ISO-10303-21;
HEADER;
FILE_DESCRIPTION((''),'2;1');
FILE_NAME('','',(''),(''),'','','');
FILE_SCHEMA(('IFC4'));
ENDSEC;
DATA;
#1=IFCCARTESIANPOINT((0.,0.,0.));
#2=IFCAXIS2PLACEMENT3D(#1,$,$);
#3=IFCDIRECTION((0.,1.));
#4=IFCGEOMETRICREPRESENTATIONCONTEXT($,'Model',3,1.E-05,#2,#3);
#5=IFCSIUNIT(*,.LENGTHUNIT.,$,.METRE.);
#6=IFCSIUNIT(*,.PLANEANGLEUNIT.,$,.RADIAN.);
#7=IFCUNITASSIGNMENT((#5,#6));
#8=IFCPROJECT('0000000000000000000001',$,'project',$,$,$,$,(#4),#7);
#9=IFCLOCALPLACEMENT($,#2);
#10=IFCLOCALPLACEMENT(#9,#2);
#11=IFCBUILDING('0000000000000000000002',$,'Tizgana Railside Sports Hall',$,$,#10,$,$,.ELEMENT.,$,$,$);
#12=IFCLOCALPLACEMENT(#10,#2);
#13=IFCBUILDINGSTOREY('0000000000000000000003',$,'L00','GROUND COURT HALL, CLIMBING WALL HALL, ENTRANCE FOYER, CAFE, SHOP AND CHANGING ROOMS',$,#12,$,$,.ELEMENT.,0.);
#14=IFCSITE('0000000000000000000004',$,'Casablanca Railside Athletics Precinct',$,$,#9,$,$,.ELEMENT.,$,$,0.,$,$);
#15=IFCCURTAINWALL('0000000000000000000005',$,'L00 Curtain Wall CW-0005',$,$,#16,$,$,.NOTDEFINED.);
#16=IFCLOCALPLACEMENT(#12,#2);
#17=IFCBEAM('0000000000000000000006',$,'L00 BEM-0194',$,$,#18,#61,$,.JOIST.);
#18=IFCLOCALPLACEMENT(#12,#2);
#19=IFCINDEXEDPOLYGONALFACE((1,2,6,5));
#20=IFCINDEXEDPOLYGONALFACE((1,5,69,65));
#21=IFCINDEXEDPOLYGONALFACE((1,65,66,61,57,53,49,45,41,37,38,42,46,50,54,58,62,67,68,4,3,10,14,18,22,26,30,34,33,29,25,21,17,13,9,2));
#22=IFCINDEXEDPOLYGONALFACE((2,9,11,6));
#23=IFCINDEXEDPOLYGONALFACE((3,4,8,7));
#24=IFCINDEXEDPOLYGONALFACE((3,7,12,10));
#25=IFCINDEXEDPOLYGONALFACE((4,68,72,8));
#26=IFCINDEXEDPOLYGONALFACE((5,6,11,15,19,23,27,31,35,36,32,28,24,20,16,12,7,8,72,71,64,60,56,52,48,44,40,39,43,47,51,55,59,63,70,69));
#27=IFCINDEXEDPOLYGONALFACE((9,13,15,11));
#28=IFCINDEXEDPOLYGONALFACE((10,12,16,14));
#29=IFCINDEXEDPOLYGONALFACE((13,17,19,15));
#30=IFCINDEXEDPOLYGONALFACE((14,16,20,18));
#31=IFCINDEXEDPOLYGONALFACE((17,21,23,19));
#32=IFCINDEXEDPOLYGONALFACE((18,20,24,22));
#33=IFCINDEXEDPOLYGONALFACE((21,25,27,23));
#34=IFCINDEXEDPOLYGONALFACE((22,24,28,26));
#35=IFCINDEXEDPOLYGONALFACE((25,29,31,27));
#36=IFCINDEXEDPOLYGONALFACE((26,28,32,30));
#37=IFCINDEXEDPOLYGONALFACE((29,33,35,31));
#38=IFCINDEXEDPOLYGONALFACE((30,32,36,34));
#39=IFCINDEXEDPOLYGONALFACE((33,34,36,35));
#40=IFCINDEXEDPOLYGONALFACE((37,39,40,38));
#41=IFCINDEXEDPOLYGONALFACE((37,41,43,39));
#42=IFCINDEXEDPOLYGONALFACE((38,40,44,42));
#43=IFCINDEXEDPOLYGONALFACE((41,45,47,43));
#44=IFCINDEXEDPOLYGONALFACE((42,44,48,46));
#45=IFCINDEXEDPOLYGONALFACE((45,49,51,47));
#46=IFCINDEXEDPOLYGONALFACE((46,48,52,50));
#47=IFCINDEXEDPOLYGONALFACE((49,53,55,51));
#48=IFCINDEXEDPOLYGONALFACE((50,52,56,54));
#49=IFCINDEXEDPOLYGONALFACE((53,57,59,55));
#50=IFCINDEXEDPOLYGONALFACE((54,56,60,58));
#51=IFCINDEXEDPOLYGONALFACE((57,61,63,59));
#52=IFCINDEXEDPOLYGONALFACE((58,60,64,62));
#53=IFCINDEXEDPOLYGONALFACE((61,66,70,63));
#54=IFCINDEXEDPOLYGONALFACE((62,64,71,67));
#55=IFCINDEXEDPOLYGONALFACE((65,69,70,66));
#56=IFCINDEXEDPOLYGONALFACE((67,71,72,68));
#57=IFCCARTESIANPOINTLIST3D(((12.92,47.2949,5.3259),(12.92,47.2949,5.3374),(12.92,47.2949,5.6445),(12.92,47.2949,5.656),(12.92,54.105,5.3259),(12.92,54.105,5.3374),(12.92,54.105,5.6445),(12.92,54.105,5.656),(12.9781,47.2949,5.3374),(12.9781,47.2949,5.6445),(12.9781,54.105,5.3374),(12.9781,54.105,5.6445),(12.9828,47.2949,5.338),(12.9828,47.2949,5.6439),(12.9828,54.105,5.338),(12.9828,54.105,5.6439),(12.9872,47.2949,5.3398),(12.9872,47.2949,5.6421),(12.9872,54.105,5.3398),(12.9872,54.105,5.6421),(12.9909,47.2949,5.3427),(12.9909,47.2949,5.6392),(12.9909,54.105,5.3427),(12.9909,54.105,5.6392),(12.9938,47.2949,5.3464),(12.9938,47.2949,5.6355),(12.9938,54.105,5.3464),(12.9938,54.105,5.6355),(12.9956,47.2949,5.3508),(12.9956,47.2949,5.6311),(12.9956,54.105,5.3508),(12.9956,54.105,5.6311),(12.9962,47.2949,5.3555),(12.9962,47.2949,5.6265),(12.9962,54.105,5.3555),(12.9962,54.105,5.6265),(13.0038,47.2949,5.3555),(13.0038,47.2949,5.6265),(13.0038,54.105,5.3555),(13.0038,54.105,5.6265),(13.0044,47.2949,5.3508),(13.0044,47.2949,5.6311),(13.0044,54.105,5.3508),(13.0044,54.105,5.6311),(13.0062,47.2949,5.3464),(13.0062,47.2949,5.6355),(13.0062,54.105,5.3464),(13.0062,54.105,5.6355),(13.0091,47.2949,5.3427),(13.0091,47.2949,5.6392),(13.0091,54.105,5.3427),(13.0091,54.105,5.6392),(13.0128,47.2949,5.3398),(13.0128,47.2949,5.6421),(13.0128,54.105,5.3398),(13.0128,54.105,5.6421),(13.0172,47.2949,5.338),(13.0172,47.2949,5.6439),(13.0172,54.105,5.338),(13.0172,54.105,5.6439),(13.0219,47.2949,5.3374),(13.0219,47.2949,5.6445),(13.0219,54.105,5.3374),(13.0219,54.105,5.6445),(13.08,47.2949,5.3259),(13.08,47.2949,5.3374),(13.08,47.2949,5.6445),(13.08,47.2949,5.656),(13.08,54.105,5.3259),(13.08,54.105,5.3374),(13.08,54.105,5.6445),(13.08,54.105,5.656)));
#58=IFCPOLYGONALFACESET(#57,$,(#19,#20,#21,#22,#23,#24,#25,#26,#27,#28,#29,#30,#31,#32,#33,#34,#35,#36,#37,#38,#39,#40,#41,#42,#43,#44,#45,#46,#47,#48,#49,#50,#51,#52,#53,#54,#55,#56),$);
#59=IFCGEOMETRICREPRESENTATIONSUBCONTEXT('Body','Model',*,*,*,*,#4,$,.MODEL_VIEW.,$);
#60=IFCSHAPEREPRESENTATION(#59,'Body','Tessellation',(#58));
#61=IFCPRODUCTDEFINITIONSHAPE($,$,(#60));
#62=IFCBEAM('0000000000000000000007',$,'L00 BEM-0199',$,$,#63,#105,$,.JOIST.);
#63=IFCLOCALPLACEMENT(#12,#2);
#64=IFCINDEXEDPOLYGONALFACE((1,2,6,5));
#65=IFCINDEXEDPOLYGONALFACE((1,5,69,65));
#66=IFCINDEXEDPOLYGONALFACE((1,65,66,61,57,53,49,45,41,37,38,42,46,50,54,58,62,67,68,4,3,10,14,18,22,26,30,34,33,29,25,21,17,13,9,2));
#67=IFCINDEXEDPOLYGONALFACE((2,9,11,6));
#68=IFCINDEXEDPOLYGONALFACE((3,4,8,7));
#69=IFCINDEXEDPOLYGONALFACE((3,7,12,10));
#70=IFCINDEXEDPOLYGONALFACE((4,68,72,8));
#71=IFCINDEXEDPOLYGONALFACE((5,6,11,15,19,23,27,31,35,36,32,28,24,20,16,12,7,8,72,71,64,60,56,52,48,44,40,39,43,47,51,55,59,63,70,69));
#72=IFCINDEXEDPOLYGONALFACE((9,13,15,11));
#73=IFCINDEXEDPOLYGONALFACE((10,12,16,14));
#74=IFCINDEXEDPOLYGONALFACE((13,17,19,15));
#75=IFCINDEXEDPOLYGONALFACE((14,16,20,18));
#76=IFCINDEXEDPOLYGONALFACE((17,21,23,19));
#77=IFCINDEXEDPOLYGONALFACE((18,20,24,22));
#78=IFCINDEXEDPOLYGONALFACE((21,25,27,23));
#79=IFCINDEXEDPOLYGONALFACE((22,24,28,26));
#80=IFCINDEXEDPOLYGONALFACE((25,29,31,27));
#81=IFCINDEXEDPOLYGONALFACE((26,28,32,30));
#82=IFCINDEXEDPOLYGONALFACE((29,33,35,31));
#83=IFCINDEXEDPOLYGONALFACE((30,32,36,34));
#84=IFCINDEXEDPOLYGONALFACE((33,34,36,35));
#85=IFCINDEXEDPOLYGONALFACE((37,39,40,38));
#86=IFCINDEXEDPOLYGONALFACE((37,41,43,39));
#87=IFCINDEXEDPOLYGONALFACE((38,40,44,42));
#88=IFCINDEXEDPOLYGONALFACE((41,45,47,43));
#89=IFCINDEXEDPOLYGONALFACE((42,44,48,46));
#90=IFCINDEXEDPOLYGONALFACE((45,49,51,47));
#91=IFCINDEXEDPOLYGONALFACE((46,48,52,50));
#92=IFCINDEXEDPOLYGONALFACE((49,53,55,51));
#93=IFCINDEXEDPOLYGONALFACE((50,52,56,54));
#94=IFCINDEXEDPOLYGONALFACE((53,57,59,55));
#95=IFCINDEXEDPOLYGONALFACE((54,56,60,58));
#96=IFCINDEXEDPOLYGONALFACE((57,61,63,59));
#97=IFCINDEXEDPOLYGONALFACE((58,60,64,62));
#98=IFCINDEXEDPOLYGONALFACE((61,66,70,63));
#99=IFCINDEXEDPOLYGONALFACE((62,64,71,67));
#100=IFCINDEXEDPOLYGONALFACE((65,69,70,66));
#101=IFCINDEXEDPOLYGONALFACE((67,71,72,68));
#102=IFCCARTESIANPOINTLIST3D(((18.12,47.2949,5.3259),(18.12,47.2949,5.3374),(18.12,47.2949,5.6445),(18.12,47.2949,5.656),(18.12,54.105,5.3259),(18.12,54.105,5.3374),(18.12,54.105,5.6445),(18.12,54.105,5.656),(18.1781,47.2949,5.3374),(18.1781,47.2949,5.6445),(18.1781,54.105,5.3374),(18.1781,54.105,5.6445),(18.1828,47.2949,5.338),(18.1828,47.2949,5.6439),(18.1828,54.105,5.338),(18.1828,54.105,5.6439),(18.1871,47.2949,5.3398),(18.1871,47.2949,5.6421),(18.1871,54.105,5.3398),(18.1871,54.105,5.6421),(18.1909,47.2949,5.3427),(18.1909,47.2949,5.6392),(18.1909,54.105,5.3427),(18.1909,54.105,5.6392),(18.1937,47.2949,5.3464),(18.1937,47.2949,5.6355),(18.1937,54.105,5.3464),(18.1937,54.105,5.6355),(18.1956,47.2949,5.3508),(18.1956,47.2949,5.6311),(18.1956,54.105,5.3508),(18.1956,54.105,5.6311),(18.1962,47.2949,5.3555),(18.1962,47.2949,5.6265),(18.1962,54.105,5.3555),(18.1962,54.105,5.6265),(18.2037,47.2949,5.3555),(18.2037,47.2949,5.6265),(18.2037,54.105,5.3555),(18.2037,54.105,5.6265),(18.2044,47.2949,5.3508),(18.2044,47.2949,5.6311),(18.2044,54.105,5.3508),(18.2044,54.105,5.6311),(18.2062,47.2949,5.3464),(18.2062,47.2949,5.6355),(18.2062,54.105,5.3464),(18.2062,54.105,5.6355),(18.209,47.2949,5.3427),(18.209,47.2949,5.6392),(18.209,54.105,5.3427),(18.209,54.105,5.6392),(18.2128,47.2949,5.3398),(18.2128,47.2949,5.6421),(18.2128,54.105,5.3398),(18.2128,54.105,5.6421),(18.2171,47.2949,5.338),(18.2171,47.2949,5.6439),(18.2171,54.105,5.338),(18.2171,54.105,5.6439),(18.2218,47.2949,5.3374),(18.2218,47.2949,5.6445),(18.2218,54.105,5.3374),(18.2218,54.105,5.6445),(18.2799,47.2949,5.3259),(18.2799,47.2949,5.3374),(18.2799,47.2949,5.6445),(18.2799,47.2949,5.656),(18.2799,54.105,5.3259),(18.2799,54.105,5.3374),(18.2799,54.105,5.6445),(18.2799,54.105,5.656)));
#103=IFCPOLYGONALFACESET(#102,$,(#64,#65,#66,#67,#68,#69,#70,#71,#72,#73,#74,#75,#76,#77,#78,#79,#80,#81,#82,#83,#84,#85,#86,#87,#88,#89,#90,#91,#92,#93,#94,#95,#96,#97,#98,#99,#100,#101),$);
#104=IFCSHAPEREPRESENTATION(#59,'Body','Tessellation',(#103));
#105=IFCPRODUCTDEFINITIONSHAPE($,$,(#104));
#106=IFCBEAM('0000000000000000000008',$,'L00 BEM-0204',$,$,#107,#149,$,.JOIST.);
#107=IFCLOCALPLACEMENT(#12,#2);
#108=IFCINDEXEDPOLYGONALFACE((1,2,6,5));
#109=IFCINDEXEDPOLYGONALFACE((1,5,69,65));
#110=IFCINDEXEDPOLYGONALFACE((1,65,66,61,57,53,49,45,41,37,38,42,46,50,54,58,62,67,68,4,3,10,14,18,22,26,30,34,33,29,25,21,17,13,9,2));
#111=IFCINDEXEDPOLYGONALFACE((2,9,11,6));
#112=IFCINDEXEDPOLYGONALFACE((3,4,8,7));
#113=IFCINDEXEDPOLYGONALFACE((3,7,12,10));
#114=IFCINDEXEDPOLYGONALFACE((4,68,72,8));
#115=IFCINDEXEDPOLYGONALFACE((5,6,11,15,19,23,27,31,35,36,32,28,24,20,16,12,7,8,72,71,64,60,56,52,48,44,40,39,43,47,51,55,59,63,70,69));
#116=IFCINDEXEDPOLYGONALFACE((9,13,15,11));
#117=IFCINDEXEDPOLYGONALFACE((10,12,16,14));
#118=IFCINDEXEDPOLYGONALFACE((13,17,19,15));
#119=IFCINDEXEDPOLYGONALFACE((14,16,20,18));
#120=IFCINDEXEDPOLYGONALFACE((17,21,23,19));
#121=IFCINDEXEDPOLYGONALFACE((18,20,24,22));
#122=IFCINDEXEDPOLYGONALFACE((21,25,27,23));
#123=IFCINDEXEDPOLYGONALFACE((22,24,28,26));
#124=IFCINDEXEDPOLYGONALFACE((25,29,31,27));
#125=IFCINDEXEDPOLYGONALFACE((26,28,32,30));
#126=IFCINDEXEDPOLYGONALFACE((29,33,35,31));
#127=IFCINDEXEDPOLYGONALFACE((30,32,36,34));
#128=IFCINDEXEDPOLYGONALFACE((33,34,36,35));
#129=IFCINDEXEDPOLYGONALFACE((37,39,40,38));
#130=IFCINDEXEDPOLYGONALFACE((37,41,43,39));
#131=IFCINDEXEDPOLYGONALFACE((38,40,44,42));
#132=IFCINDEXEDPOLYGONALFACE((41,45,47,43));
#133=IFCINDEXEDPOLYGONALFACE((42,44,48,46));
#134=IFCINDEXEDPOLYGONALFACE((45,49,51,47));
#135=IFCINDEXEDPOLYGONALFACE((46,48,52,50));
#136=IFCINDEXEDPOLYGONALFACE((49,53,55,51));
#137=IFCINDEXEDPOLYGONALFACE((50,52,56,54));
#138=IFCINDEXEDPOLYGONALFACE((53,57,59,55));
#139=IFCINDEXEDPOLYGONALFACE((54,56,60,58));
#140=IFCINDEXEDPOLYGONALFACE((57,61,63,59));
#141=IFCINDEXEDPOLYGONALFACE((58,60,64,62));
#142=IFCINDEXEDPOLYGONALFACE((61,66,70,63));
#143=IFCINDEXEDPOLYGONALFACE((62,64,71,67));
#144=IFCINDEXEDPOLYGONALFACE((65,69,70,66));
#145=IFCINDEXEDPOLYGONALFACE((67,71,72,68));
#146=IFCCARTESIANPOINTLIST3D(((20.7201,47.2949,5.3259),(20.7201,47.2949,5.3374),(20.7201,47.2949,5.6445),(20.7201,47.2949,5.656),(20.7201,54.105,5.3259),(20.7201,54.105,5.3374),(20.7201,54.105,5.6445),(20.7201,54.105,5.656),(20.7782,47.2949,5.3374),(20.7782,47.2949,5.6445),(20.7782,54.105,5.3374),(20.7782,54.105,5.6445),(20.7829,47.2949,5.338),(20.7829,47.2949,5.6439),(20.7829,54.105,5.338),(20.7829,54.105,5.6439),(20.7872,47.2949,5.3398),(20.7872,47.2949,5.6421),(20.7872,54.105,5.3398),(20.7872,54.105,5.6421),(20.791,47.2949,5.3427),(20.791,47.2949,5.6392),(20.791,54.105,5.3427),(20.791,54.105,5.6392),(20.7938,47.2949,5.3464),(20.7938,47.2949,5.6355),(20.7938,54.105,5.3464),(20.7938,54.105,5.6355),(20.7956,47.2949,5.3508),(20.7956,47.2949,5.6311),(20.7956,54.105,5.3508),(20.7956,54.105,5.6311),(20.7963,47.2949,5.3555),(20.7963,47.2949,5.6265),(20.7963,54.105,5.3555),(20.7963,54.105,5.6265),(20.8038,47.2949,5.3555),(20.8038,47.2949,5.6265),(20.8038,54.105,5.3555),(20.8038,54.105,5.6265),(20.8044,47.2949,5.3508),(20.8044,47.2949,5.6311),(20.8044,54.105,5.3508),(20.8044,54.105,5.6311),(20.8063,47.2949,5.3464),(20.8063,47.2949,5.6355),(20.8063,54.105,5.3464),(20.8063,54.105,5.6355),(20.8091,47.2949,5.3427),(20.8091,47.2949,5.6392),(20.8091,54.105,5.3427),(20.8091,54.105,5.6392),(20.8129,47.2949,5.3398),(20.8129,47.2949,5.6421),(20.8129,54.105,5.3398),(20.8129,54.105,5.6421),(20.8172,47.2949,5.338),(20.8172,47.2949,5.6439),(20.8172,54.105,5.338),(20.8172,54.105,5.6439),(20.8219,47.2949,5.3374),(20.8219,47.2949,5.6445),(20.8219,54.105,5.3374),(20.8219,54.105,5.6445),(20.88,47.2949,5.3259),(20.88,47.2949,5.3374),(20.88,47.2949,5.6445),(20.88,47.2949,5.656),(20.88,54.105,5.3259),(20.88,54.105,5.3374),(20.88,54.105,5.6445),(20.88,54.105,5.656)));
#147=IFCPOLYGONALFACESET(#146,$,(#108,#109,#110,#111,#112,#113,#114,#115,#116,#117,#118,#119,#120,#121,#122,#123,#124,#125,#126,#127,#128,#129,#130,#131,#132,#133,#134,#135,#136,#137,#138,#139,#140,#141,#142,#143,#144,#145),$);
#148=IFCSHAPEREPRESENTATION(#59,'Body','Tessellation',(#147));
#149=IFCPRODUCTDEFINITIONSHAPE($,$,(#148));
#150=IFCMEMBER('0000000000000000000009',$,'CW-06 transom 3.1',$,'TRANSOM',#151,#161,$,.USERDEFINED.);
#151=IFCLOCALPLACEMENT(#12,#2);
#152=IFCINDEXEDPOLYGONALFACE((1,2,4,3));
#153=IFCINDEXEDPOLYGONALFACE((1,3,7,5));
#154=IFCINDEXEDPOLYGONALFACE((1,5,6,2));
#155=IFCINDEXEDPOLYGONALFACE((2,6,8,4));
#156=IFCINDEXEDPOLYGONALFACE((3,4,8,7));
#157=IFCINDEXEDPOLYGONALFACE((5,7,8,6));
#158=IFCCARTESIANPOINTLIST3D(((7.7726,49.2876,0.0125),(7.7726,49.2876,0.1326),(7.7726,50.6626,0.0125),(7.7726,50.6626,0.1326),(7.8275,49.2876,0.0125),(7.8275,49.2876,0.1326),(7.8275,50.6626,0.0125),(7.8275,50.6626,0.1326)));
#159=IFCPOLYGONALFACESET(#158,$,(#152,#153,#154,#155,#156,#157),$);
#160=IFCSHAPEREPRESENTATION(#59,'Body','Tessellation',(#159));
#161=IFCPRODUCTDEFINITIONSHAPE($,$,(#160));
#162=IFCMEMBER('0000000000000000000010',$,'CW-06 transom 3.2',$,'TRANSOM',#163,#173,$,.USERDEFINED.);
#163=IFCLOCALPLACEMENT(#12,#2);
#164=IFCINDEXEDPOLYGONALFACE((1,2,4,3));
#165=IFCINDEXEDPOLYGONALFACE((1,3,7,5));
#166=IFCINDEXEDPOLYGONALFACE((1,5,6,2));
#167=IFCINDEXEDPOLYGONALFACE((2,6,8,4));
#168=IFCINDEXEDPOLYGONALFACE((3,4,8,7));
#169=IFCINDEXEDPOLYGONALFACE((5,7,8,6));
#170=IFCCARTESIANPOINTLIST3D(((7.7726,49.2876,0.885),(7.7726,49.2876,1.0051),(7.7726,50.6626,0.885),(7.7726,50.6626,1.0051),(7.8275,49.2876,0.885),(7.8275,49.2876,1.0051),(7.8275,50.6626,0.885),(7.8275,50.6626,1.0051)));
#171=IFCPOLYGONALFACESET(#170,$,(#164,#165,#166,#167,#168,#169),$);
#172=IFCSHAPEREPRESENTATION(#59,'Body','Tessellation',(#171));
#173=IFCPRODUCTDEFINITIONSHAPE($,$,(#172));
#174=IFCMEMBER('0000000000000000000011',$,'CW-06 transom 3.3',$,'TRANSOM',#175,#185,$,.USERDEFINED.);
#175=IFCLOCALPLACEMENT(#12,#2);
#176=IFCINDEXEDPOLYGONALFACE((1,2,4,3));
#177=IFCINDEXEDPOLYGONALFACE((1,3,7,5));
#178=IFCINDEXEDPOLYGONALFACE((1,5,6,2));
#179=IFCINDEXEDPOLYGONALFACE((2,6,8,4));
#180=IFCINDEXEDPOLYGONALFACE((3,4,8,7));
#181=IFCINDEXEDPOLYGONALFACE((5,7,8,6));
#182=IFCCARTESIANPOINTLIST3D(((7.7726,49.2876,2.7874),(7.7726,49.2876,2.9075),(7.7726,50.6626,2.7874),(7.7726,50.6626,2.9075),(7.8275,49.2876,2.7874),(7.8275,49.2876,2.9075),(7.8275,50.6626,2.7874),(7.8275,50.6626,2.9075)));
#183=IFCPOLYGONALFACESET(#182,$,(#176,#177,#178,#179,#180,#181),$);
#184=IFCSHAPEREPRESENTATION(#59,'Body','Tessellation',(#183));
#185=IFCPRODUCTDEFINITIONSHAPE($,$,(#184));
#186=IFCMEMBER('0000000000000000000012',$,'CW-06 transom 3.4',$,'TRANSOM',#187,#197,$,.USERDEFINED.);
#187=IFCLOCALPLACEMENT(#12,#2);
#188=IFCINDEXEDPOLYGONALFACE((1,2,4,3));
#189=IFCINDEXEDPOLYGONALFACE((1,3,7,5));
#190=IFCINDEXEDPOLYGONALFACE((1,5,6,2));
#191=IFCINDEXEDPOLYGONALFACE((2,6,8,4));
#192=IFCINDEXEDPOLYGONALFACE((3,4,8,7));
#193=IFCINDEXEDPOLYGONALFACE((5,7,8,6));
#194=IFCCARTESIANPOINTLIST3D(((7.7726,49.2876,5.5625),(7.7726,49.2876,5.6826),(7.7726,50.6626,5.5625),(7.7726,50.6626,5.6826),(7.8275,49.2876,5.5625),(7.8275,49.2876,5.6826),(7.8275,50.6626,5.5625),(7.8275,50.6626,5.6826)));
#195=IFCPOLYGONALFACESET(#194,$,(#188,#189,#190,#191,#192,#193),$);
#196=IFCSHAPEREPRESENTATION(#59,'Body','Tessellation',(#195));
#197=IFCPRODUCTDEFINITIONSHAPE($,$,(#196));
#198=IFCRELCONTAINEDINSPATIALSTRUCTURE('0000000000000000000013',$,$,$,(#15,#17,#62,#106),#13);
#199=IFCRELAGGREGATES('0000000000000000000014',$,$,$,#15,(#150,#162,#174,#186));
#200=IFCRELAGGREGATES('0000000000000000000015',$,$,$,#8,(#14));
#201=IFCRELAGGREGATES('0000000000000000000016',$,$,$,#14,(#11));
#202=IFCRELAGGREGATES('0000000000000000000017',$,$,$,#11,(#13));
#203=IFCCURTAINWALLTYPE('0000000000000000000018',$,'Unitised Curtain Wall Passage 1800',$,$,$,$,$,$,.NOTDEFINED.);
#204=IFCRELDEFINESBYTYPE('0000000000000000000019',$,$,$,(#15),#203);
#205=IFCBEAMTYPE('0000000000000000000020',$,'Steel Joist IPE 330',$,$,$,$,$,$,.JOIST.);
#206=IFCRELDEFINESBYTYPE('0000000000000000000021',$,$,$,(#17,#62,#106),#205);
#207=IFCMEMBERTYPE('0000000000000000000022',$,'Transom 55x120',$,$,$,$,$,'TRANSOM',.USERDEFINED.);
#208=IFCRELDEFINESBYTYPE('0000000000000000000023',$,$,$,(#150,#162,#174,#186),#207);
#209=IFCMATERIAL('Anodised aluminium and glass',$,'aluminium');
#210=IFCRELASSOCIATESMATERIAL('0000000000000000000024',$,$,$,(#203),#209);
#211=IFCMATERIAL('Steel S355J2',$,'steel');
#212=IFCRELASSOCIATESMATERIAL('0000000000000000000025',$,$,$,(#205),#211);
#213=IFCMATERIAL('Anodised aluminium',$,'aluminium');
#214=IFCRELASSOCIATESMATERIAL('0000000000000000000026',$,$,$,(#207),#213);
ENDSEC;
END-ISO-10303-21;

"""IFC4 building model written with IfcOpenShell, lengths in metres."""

from ifc_helpers import new_model, si_unit, direction, frame, origin, origin_2d, place, context, subcontext, project, spatial, rectangle, i_section, extrude, material, material_profile, profile_set, type_object, element, aggregate, save


model = new_model("IFC4")

# Units and contexts
model_context = context("Model", 3, precision=1e-05, world=origin(), true_north=direction((0.0, 1.0)))
body_context = subcontext(model_context, "Body", "Model", "MODEL_VIEW")
ifc_project = project(units=[si_unit("LENGTHUNIT", "METRE"), si_unit("PLANEANGLEUNIT", "RADIAN")], contexts=[model_context])

# Site, building, storey
site_placement = place(None, origin())
site = spatial("IfcSite", under=ifc_project, at=site_placement, Name="Casablanca Railside Athletics Precinct", CompositionType="ELEMENT", RefElevation=0.0)
building_placement = place(site_placement, origin())
building = spatial("IfcBuilding", under=site, at=building_placement, Name="Tizgana Railside Sports Hall", CompositionType="ELEMENT")
storey_placement = place(building_placement, origin())
storey = spatial("IfcBuildingStorey", under=building, at=storey_placement, Name="L00", Description="GROUND COURT HALL, CLIMBING WALL HALL, ENTRANCE FOYER, CAFE, SHOP AND CHANGING ROOMS", CompositionType="ELEMENT", Elevation=0.0)

# Shared definitions
ifc_material_1 = material(Name="Anodised aluminium and glass", Category="aluminium")
ifc_material_2 = material(Name="Anodised aluminium", Category="aluminium")

# Curtain wall
curtain_wall_type_1 = type_object("IfcCurtainWallType", Name="Unitised Curtain Wall Passage 1800", PredefinedType="NOTDEFINED", material=ifc_material_1)
curtain_wall_1_placement = place(storey_placement, origin())
curtain_wall_1 = element("IfcCurtainWall", 1, at=curtain_wall_1_placement, inside=storey, type_object=curtain_wall_type_1, Name="L00 Curtain Wall CW-0005", PredefinedType="NOTDEFINED")

# Beams
ifc_material_3 = material(Name="Steel S355J2", Category="steel")
ifc_material_profile_1 = material_profile(ifc_material_3, i_section(OverallWidth=0.1599, OverallDepth=0.3301, WebThickness=0.0076, FlangeThickness=0.0115, FilletRadius=0.0181, at=origin_2d()), Name="IPE 330")
ifc_profile_set_1 = profile_set([ifc_material_profile_1], Name="Steel S355J2")
beam_type_1 = type_object("IfcBeamType", Name="Steel Joist IPE 330", PredefinedType="JOIST", material=ifc_profile_set_1)
for number, where, z_axis, x_axis, name in (
    (2, (13.0, 47.2949, 5.491), (0.0, 1.0, 0.0), (-1.0, 0.0, 0.0), "L00 BEM-0194"),
    (3, (18.2, 47.2949, 5.491), (0.0, 1.0, 0.0), (-1.0, 0.0, 0.0), "L00 BEM-0199"),
    (4, (20.8, 47.2949, 5.491), (0.0, 1.0, 0.0), (-1.0, 0.0, 0.0), "L00 BEM-0204"),
):
    element("IfcBeam", number, at=place(storey_placement, frame(where, z_axis=z_axis, x_axis=x_axis)), inside=storey, type_object=beam_type_1, Name=name, PredefinedType="JOIST", context=body_context, shape_type="SweptSolid", body=[
        extrude(i_section(OverallWidth=0.1599, OverallDepth=0.3301, WebThickness=0.0076, FlangeThickness=0.0115, FilletRadius=0.0181, at=origin_2d()), origin(), (0.0, 0.0, 1.0), 6.8101),
    ])

# Members
ifc_material_profile_2 = material_profile(ifc_material_2, rectangle(XDim=0.0549, YDim=0.1201, at=origin_2d()), Name="Transom 55x120")
ifc_profile_set_2 = profile_set([ifc_material_profile_2], Name="Anodised aluminium")
member_type_1 = type_object("IfcMemberType", Name="Transom 55x120", ElementType="TRANSOM", PredefinedType="USERDEFINED", material=ifc_profile_set_2)
member_1_placement = place(storey_placement, frame((7.8, 50.6626, 0.0725), z_axis=(0.0, -1.0, 0.0), x_axis=(1.0, 0.0, 0.0)))
member_1 = element("IfcMember", 5, at=member_1_placement, type_object=member_type_1, Name="CW-06 transom 3.1", ObjectType="TRANSOM", PredefinedType="USERDEFINED", context=body_context, shape_type="SweptSolid", body=[
    extrude(rectangle(XDim=0.0549, YDim=0.1201, at=origin_2d()), origin(), (0.0, 0.0, 1.0), 1.375),
])
member_2_placement = place(storey_placement, frame((7.8, 50.6626, 0.9451), z_axis=(0.0, -1.0, 0.0), x_axis=(1.0, 0.0, 0.0)))
member_2 = element("IfcMember", 6, at=member_2_placement, type_object=member_type_1, Name="CW-06 transom 3.2", ObjectType="TRANSOM", PredefinedType="USERDEFINED", context=body_context, shape_type="SweptSolid", body=[
    extrude(rectangle(XDim=0.0549, YDim=0.1201, at=origin_2d()), origin(), (0.0, 0.0, 1.0), 1.375),
])
member_3_placement = place(storey_placement, frame((7.8, 50.6626, 2.8474), z_axis=(0.0, -1.0, 0.0), x_axis=(1.0, 0.0, 0.0)))
member_3 = element("IfcMember", 7, at=member_3_placement, type_object=member_type_1, Name="CW-06 transom 3.3", ObjectType="TRANSOM", PredefinedType="USERDEFINED", context=body_context, shape_type="SweptSolid", body=[
    extrude(rectangle(XDim=0.0549, YDim=0.1201, at=origin_2d()), origin(), (0.0, 0.0, 1.0), 1.375),
])
member_4_placement = place(storey_placement, frame((7.8, 50.6626, 5.6226), z_axis=(0.0, -1.0, 0.0), x_axis=(1.0, 0.0, 0.0)))
member_4 = element("IfcMember", 8, at=member_4_placement, type_object=member_type_1, Name="CW-06 transom 3.4", ObjectType="TRANSOM", PredefinedType="USERDEFINED", context=body_context, shape_type="SweptSolid", body=[
    extrude(rectangle(XDim=0.0549, YDim=0.1201, at=origin_2d()), origin(), (0.0, 0.0, 1.0), 1.375),
])

aggregate(curtain_wall_1, [member_1, member_2, member_3, member_4])

save(model, "model.ifc")
